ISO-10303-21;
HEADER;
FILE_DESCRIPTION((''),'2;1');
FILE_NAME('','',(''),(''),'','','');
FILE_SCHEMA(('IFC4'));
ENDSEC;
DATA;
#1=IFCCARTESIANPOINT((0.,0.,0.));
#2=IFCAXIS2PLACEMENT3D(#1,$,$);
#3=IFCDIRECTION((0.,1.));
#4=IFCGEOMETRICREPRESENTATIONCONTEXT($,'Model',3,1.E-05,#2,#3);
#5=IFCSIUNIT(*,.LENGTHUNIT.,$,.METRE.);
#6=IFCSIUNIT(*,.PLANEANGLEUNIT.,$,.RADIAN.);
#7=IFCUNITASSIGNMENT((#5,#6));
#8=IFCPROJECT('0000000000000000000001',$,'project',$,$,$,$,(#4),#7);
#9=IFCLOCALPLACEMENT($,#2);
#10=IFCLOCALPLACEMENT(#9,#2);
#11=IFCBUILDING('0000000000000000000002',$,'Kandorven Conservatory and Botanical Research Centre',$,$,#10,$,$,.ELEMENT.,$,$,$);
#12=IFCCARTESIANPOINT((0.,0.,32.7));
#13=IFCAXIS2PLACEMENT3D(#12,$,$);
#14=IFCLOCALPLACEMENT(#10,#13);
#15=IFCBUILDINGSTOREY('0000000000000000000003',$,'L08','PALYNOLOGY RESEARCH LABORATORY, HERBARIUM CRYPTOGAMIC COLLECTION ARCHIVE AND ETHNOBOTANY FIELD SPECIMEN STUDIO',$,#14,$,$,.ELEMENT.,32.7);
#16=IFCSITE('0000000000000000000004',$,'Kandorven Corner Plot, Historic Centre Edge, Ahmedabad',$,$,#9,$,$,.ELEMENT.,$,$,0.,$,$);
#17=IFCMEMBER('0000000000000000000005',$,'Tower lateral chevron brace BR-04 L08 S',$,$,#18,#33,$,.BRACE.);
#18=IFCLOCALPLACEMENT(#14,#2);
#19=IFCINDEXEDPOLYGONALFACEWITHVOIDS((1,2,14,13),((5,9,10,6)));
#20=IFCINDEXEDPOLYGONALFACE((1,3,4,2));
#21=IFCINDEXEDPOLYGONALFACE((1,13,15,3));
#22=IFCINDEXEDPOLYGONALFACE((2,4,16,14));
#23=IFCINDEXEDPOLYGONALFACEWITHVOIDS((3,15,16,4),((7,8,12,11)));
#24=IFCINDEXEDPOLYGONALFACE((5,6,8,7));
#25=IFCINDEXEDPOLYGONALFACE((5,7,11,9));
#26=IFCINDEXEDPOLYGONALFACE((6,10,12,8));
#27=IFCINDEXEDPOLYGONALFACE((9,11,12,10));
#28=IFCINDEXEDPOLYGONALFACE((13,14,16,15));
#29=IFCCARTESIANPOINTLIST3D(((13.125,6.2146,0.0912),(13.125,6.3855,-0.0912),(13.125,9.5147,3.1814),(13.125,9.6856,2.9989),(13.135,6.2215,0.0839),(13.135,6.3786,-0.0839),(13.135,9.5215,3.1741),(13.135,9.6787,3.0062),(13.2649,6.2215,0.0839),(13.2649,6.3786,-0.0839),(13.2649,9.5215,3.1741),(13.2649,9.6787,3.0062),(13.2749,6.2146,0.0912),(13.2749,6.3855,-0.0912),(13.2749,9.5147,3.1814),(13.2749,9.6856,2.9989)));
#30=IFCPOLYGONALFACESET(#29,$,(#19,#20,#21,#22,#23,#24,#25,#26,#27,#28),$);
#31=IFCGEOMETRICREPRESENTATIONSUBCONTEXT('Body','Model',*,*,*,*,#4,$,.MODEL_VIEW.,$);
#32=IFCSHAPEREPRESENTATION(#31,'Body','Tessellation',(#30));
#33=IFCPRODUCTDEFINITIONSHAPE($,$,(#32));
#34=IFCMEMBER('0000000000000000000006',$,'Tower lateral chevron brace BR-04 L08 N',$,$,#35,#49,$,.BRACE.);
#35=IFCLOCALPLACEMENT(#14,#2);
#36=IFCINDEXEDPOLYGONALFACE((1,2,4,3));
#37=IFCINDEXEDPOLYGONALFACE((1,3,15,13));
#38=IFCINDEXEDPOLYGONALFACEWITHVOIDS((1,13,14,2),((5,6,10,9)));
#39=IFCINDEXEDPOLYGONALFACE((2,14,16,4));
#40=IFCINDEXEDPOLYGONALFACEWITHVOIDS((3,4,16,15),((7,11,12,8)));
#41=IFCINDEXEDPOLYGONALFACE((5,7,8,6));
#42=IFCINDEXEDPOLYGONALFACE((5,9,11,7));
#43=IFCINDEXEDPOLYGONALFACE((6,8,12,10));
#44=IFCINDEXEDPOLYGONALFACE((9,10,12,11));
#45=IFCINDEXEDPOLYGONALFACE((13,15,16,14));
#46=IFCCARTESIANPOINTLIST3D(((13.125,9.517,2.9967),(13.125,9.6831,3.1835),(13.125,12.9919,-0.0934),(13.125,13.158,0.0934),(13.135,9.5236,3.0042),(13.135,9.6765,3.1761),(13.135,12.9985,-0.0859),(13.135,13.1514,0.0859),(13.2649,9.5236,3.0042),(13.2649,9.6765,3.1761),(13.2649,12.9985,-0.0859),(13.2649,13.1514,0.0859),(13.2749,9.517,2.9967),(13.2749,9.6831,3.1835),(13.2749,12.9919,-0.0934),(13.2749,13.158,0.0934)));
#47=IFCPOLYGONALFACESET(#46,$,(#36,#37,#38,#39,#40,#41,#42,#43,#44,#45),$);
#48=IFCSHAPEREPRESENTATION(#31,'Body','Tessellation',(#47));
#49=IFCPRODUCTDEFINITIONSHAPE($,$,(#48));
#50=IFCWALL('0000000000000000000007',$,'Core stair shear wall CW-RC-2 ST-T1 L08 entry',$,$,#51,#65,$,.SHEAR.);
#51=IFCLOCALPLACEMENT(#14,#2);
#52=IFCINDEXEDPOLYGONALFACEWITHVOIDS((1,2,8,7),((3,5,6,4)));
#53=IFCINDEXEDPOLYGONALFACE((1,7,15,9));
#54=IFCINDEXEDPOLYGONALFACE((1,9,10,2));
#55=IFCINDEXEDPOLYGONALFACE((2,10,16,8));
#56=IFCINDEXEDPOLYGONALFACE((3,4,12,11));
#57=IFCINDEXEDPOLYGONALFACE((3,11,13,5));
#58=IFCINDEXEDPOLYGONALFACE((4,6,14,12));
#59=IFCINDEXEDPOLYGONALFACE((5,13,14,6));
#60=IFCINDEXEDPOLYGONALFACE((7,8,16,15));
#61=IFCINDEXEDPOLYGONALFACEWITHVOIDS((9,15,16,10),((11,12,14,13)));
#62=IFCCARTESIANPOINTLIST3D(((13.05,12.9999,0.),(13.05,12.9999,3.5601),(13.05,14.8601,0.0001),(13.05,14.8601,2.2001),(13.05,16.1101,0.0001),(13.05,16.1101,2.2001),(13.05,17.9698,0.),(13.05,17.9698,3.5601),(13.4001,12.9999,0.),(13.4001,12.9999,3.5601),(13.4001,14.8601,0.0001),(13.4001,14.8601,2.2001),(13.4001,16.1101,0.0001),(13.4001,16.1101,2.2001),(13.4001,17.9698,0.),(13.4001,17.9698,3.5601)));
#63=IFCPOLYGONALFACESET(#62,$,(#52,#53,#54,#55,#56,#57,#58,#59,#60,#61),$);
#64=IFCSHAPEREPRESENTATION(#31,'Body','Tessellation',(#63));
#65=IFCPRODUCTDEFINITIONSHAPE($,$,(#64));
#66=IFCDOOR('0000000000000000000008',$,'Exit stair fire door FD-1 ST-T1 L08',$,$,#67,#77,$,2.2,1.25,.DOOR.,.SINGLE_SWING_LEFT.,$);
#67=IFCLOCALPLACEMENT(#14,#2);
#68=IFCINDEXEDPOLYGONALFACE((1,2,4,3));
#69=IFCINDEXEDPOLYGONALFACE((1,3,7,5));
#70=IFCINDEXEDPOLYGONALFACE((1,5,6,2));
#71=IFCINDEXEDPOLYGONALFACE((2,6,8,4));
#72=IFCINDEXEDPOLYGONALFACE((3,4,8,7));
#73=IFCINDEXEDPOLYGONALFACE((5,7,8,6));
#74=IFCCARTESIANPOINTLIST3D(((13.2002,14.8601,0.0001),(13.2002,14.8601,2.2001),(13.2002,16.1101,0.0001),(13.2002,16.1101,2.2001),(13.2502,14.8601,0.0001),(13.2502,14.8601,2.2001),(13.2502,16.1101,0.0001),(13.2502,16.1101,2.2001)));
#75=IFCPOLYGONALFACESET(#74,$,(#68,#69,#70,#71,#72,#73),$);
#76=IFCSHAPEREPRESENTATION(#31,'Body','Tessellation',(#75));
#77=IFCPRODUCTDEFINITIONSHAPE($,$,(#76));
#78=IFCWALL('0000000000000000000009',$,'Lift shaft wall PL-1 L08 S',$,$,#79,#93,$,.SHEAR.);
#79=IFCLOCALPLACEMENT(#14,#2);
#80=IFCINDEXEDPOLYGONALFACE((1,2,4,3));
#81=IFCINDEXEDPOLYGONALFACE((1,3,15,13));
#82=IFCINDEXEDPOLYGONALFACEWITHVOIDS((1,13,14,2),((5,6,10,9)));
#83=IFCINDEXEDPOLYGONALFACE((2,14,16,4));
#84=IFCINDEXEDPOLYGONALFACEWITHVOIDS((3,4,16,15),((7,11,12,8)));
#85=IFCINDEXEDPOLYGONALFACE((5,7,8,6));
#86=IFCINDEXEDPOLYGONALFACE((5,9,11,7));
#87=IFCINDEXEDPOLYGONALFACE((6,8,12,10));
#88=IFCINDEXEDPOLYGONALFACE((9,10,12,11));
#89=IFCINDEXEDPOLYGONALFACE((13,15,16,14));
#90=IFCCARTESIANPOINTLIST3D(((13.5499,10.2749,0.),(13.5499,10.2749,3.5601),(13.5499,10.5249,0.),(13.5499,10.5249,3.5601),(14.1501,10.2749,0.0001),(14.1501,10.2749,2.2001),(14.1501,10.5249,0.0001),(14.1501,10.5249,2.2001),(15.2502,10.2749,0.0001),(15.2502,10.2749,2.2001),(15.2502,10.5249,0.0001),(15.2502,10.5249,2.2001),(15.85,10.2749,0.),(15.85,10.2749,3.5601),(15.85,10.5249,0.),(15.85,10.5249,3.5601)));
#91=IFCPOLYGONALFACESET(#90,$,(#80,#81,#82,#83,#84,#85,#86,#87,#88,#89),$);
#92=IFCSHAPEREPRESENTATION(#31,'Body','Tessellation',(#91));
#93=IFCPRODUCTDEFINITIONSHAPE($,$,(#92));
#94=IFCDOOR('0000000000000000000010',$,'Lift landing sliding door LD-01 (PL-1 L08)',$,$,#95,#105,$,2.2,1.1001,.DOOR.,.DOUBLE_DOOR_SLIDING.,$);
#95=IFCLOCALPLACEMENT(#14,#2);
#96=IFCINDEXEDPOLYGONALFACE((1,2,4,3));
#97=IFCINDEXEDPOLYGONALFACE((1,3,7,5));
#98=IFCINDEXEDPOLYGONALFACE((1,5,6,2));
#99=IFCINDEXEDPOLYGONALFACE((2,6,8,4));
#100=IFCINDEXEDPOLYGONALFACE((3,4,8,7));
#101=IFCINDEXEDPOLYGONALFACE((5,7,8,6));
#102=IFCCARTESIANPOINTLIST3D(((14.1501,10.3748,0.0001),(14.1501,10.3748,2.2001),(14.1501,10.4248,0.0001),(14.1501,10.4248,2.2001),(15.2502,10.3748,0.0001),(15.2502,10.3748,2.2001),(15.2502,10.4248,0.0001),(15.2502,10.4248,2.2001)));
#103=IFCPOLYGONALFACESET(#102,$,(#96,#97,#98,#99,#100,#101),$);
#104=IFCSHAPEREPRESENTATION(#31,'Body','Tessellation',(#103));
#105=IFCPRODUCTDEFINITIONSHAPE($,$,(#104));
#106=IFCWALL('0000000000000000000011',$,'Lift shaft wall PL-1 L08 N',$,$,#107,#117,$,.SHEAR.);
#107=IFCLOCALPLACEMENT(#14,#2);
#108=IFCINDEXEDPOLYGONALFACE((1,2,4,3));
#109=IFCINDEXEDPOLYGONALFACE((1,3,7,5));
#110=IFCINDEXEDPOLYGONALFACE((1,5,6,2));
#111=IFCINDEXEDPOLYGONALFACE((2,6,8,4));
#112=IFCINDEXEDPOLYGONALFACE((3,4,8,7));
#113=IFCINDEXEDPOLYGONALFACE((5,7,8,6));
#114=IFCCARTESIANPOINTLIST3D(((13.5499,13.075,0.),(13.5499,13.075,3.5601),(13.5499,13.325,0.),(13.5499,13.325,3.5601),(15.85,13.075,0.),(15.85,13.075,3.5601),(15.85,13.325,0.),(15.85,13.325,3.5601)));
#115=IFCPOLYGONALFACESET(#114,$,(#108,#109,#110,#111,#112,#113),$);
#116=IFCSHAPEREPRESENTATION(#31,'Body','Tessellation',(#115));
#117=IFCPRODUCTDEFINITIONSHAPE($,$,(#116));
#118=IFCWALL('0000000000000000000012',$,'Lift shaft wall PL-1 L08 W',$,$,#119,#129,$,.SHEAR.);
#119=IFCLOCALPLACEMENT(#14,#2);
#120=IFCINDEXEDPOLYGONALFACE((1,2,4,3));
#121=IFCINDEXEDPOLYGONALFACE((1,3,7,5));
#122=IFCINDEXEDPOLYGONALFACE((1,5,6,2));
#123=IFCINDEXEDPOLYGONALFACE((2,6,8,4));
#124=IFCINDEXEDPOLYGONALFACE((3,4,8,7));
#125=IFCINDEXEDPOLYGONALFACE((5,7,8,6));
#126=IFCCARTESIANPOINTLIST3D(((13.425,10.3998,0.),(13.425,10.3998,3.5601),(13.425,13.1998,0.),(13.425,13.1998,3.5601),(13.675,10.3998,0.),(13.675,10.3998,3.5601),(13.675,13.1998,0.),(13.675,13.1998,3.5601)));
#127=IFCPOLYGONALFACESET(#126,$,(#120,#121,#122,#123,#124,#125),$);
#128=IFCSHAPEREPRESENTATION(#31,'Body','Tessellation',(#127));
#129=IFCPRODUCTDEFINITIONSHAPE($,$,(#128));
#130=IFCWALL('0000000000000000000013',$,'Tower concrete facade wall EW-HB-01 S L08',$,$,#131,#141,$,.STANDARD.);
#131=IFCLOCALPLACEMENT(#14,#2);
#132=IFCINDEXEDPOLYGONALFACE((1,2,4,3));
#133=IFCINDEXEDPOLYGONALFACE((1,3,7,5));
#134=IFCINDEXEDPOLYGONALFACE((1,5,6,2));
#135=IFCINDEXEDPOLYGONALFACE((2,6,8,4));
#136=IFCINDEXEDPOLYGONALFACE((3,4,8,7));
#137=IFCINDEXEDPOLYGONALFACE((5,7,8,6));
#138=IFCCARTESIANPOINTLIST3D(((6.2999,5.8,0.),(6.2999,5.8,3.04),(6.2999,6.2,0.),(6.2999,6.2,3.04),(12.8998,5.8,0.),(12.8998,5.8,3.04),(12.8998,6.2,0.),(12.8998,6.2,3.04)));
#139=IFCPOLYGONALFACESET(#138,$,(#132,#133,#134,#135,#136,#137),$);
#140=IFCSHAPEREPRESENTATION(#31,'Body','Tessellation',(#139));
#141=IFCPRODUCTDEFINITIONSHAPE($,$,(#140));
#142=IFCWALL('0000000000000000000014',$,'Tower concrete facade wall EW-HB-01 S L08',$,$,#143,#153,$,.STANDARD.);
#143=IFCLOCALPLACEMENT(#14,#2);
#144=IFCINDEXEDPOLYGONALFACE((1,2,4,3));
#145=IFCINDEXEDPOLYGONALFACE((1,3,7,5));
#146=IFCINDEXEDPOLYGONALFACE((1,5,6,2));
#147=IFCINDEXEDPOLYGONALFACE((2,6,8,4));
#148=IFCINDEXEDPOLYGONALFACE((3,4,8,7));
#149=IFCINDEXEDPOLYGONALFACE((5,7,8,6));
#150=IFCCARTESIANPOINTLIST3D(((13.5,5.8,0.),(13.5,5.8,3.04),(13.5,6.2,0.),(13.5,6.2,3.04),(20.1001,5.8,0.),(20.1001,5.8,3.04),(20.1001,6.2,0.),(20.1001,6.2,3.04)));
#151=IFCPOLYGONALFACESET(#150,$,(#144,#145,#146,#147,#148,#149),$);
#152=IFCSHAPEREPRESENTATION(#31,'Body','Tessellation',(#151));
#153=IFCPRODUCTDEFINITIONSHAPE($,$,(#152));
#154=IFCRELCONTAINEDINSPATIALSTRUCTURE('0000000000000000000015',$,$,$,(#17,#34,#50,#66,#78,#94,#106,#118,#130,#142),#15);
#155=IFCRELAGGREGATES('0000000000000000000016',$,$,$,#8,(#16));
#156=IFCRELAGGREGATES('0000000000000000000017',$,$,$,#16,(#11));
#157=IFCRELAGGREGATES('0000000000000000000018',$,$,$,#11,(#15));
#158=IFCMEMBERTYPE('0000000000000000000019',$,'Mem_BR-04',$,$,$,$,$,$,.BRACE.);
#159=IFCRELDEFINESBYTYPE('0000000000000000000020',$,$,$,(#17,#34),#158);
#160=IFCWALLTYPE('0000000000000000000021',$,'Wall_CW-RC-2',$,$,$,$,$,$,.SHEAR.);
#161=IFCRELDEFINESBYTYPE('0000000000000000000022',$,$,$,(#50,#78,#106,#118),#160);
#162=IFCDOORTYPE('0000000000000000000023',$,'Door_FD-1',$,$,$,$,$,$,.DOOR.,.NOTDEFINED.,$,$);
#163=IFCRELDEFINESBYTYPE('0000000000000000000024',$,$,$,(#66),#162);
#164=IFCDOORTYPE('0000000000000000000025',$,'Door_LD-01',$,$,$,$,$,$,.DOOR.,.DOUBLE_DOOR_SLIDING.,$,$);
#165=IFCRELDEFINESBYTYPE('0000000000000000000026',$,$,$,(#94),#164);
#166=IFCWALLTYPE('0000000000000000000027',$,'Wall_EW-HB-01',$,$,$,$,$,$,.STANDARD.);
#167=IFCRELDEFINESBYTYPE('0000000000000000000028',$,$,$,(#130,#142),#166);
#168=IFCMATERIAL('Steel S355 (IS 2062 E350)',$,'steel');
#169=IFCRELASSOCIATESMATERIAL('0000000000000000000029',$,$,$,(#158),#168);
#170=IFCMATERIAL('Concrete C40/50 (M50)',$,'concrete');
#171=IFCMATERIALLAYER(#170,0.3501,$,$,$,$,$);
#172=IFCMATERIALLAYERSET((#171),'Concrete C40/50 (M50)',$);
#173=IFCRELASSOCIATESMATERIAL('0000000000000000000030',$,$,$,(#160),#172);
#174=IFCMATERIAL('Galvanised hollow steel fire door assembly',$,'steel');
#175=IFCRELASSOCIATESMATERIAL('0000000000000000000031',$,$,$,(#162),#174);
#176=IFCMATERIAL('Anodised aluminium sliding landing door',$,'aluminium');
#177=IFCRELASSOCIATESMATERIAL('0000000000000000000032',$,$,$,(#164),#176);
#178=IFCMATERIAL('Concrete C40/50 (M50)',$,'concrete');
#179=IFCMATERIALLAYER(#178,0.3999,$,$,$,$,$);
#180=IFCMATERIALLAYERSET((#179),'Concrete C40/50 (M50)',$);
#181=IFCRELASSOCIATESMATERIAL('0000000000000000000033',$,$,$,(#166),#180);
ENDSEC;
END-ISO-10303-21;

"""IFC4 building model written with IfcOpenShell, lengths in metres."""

from ifc_helpers import new_model, si_unit, direction, frame, frame_2d, origin, origin_2d, place, context, subcontext, project, spatial, rectangle, hollow_rectangle, extrude, material, layer, layer_set, material_profile, profile_set, type_object, element, fill, save


model = new_model("IFC4")

# Units and contexts
model_context = context("Model", 3, precision=1e-05, world=origin(), true_north=direction((0.0, 1.0)))
body_context = subcontext(model_context, "Body", "Model", "MODEL_VIEW")
ifc_project = project(units=[si_unit("LENGTHUNIT", "METRE"), si_unit("PLANEANGLEUNIT", "RADIAN")], contexts=[model_context])

# Site, building, storey
site_placement = place(None, origin())
site = spatial("IfcSite", under=ifc_project, at=site_placement, Name="Kandorven Corner Plot, Historic Centre Edge, Ahmedabad", CompositionType="ELEMENT", RefElevation=0.0)
building_placement = place(site_placement, origin())
building = spatial("IfcBuilding", under=site, at=building_placement, Name="Kandorven Conservatory and Botanical Research Centre", CompositionType="ELEMENT")
storey_placement = place(building_placement, frame((0.0, 0.0, 32.7)))
storey = spatial("IfcBuildingStorey", under=building, at=storey_placement, Name="L08", Description="PALYNOLOGY RESEARCH LABORATORY, HERBARIUM CRYPTOGAMIC COLLECTION ARCHIVE AND ETHNOBOTANY FIELD SPECIMEN STUDIO", CompositionType="ELEMENT", Elevation=32.7)

# Members
ifc_material_1 = material(Name="Steel S355 (IS 2062 E350)", Category="steel")
ifc_material_profile_1 = material_profile(ifc_material_1, hollow_rectangle(XDim=0.1499, YDim=0.25, WallThickness=0.01, at=origin_2d()))
ifc_profile_set_1 = profile_set([ifc_material_profile_1], Name="Steel S355 (IS 2062 E350)")
member_type_1 = type_object("IfcMemberType", Name="Mem_BR-04", PredefinedType="BRACE", material=ifc_profile_set_1)
member_1_placement = place(storey_placement, frame((13.2, 6.3, 0.0), z_axis=(0.0, 0.729946, 0.683504), x_axis=(-1.0, 0.0, 0.0)))
element("IfcMember", 1, at=member_1_placement, inside=storey, type_object=member_type_1, Name="Tower lateral chevron brace BR-04 L08 S", PredefinedType="BRACE", context=body_context, shape_type="SweptSolid", body=[
    extrude(hollow_rectangle(XDim=0.1499, YDim=0.25, WallThickness=0.01, at=origin_2d()), origin(), (0.0, 0.0, 1.0), 4.521),
])
member_2_placement = place(storey_placement, frame((13.2, 13.075, 0.0), z_axis=(0.0, -0.747267, 0.664524), x_axis=(1.0, 0.0, 0.0)))
element("IfcMember", 2, at=member_2_placement, inside=storey, type_object=member_type_1, Name="Tower lateral chevron brace BR-04 L08 N", PredefinedType="BRACE", context=body_context, shape_type="SweptSolid", body=[
    extrude(hollow_rectangle(XDim=0.1499, YDim=0.25, WallThickness=0.01, at=origin_2d()), origin(), (0.0, 0.0, 1.0), 4.6501),
])

# Walls, openings, doors
ifc_material_2 = material(Name="Concrete C40/50 (M50)", Category="concrete")
ifc_layer_1 = layer(ifc_material_2, 0.3501)
ifc_layer_set_1 = layer_set([ifc_layer_1], Name="Concrete C40/50 (M50)")
wall_type_1 = type_object("IfcWallType", Name="Wall_CW-RC-2", PredefinedType="SHEAR", material=ifc_layer_set_1)
wall_1_placement = place(storey_placement, frame((13.2251, 13.0, 0.0), z_axis=(0.0, 0.0, 1.0), x_axis=(0.0, 1.0, 0.0)))
wall_1 = element("IfcWall", 3, at=wall_1_placement, inside=storey, type_object=wall_type_1, Name="Core stair shear wall CW-RC-2 ST-T1 L08 entry", PredefinedType="SHEAR", context=body_context, shape_type="SweptSolid", body=[
    extrude(rectangle(XDim=4.97, YDim=0.3501, at=frame_2d((2.4849, 0.0))), origin(), (0.0, 0.0, 1.0), 3.5601),
])
opening_1_placement = place(wall_1_placement, frame((1.8601, 0.0, 0.0)))
opening_1 = element("IfcOpeningElement", 4, at=opening_1_placement, cuts=wall_1, PredefinedType="OPENING", context=body_context, shape_type="SweptSolid", body=[
    extrude(rectangle(XDim=1.25, YDim=2.2, at=frame_2d((0.625, 1.1001))), frame((0.0, 0.1851, 0.0), z_axis=(0.0, -1.0, 0.0), x_axis=(1.0, 0.0, 0.0)), (0.0, 0.0, 1.0), 0.3701),
])
ifc_material_3 = material(Name="Galvanised hollow steel fire door assembly", Category="steel")
door_type_1 = type_object("IfcDoorType", Name="Door_FD-1", OperationType="NOTDEFINED", PredefinedType="DOOR", material=ifc_material_3)
door_1_placement = place(opening_1_placement, origin())
door_1 = element("IfcDoor", 5, at=door_1_placement, inside=storey, type_object=door_type_1, Name="Exit stair fire door FD-1 ST-T1 L08", OperationType="SINGLE_SWING_LEFT", OverallHeight=2.2, OverallWidth=1.25, PredefinedType="DOOR", context=body_context, shape_type="SweptSolid", body=[
    extrude(rectangle(XDim=1.25, YDim=2.2, at=frame_2d((0.625, 1.1001))), frame((0.0, 0.0249, 0.0), z_axis=(0.0, -1.0, 0.0), x_axis=(1.0, 0.0, 0.0)), (0.0, 0.0, 1.0), 0.05),
])
fill(opening_1, door_1)
wall_2_placement = place(storey_placement, frame((13.55, 10.3999, 0.0), z_axis=(0.0, 0.0, 1.0), x_axis=(1.0, 0.0, 0.0)))
wall_2 = element("IfcWall", 6, at=wall_2_placement, inside=storey, type_object=wall_type_1, Name="Lift shaft wall PL-1 L08 S", PredefinedType="SHEAR", context=body_context, shape_type="SweptSolid", body=[
    extrude(rectangle(XDim=2.3, YDim=0.25, at=frame_2d((1.1499, 0.0))), origin(), (0.0, 0.0, 1.0), 3.5601),
])
opening_2_placement = place(wall_2_placement, frame((0.6001, 0.0, 0.0)))
opening_2 = element("IfcOpeningElement", 7, at=opening_2_placement, cuts=wall_2, PredefinedType="OPENING", context=body_context, shape_type="SweptSolid", body=[
    extrude(rectangle(XDim=1.1001, YDim=2.2, at=frame_2d((0.55, 1.1001))), frame((0.0, 0.135, 0.0), z_axis=(0.0, -1.0, 0.0), x_axis=(1.0, 0.0, 0.0)), (0.0, 0.0, 1.0), 0.27),
])
ifc_material_4 = material(Name="Anodised aluminium sliding landing door", Category="aluminium")
door_type_2 = type_object("IfcDoorType", Name="Door_LD-01", OperationType="DOUBLE_DOOR_SLIDING", PredefinedType="DOOR", material=ifc_material_4)
door_2_placement = place(opening_2_placement, origin())
door_2 = element("IfcDoor", 8, at=door_2_placement, inside=storey, type_object=door_type_2, Name="Lift landing sliding door LD-01 (PL-1 L08)", OperationType="DOUBLE_DOOR_SLIDING", OverallHeight=2.2, OverallWidth=1.1001, PredefinedType="DOOR", context=body_context, shape_type="SweptSolid", body=[
    extrude(rectangle(XDim=1.1001, YDim=2.2, at=frame_2d((0.55, 1.1001))), frame((0.0, 0.0249, 0.0), z_axis=(0.0, -1.0, 0.0), x_axis=(1.0, 0.0, 0.0)), (0.0, 0.0, 1.0), 0.05),
])
fill(opening_2, door_2)

# Walls
wall_3_placement = place(storey_placement, frame((13.55, 13.2, 0.0), z_axis=(0.0, 0.0, 1.0), x_axis=(1.0, 0.0, 0.0)))
element("IfcWall", 9, at=wall_3_placement, inside=storey, type_object=wall_type_1, Name="Lift shaft wall PL-1 L08 N", PredefinedType="SHEAR", context=body_context, shape_type="SweptSolid", body=[
    extrude(rectangle(XDim=2.3, YDim=0.25, at=frame_2d((1.1499, 0.0))), origin(), (0.0, 0.0, 1.0), 3.5601),
])
wall_4_placement = place(storey_placement, frame((13.55, 10.3999, 0.0), z_axis=(0.0, 0.0, 1.0), x_axis=(0.0, 1.0, 0.0)))
element("IfcWall", 10, at=wall_4_placement, inside=storey, type_object=wall_type_1, Name="Lift shaft wall PL-1 L08 W", PredefinedType="SHEAR", context=body_context, shape_type="SweptSolid", body=[
    extrude(rectangle(XDim=2.8, YDim=0.25, at=frame_2d((1.3999, 0.0))), origin(), (0.0, 0.0, 1.0), 3.5601),
])
ifc_material_5 = material(Name="Concrete C40/50 (M50)", Category="concrete")
ifc_layer_2 = layer(ifc_material_5, 0.3999)
ifc_layer_set_2 = layer_set([ifc_layer_2], Name="Concrete C40/50 (M50)")
wall_type_2 = type_object("IfcWallType", Name="Wall_EW-HB-01", PredefinedType="STANDARD", material=ifc_layer_set_2)
wall_5_placement = place(storey_placement, frame((6.3, 6.0, 0.0), z_axis=(0.0, 0.0, 1.0), x_axis=(1.0, 0.0, 0.0)))
element("IfcWall", 11, at=wall_5_placement, inside=storey, type_object=wall_type_2, Name="Tower concrete facade wall EW-HB-01 S L08", PredefinedType="STANDARD", context=body_context, shape_type="SweptSolid", body=[
    extrude(rectangle(XDim=6.5999, YDim=0.3999, at=frame_2d((3.2998, 0.0))), origin(), (0.0, 0.0, 1.0), 3.04),
])
wall_6_placement = place(storey_placement, frame((13.5, 6.0, 0.0), z_axis=(0.0, 0.0, 1.0), x_axis=(1.0, 0.0, 0.0)))
element("IfcWall", 12, at=wall_6_placement, inside=storey, type_object=wall_type_2, Name="Tower concrete facade wall EW-HB-01 S L08", PredefinedType="STANDARD", context=body_context, shape_type="SweptSolid", body=[
    extrude(rectangle(XDim=6.6001, YDim=0.3999, at=frame_2d((3.3, 0.0))), origin(), (0.0, 0.0, 1.0), 3.04),
])

save(model, "model.ifc")
